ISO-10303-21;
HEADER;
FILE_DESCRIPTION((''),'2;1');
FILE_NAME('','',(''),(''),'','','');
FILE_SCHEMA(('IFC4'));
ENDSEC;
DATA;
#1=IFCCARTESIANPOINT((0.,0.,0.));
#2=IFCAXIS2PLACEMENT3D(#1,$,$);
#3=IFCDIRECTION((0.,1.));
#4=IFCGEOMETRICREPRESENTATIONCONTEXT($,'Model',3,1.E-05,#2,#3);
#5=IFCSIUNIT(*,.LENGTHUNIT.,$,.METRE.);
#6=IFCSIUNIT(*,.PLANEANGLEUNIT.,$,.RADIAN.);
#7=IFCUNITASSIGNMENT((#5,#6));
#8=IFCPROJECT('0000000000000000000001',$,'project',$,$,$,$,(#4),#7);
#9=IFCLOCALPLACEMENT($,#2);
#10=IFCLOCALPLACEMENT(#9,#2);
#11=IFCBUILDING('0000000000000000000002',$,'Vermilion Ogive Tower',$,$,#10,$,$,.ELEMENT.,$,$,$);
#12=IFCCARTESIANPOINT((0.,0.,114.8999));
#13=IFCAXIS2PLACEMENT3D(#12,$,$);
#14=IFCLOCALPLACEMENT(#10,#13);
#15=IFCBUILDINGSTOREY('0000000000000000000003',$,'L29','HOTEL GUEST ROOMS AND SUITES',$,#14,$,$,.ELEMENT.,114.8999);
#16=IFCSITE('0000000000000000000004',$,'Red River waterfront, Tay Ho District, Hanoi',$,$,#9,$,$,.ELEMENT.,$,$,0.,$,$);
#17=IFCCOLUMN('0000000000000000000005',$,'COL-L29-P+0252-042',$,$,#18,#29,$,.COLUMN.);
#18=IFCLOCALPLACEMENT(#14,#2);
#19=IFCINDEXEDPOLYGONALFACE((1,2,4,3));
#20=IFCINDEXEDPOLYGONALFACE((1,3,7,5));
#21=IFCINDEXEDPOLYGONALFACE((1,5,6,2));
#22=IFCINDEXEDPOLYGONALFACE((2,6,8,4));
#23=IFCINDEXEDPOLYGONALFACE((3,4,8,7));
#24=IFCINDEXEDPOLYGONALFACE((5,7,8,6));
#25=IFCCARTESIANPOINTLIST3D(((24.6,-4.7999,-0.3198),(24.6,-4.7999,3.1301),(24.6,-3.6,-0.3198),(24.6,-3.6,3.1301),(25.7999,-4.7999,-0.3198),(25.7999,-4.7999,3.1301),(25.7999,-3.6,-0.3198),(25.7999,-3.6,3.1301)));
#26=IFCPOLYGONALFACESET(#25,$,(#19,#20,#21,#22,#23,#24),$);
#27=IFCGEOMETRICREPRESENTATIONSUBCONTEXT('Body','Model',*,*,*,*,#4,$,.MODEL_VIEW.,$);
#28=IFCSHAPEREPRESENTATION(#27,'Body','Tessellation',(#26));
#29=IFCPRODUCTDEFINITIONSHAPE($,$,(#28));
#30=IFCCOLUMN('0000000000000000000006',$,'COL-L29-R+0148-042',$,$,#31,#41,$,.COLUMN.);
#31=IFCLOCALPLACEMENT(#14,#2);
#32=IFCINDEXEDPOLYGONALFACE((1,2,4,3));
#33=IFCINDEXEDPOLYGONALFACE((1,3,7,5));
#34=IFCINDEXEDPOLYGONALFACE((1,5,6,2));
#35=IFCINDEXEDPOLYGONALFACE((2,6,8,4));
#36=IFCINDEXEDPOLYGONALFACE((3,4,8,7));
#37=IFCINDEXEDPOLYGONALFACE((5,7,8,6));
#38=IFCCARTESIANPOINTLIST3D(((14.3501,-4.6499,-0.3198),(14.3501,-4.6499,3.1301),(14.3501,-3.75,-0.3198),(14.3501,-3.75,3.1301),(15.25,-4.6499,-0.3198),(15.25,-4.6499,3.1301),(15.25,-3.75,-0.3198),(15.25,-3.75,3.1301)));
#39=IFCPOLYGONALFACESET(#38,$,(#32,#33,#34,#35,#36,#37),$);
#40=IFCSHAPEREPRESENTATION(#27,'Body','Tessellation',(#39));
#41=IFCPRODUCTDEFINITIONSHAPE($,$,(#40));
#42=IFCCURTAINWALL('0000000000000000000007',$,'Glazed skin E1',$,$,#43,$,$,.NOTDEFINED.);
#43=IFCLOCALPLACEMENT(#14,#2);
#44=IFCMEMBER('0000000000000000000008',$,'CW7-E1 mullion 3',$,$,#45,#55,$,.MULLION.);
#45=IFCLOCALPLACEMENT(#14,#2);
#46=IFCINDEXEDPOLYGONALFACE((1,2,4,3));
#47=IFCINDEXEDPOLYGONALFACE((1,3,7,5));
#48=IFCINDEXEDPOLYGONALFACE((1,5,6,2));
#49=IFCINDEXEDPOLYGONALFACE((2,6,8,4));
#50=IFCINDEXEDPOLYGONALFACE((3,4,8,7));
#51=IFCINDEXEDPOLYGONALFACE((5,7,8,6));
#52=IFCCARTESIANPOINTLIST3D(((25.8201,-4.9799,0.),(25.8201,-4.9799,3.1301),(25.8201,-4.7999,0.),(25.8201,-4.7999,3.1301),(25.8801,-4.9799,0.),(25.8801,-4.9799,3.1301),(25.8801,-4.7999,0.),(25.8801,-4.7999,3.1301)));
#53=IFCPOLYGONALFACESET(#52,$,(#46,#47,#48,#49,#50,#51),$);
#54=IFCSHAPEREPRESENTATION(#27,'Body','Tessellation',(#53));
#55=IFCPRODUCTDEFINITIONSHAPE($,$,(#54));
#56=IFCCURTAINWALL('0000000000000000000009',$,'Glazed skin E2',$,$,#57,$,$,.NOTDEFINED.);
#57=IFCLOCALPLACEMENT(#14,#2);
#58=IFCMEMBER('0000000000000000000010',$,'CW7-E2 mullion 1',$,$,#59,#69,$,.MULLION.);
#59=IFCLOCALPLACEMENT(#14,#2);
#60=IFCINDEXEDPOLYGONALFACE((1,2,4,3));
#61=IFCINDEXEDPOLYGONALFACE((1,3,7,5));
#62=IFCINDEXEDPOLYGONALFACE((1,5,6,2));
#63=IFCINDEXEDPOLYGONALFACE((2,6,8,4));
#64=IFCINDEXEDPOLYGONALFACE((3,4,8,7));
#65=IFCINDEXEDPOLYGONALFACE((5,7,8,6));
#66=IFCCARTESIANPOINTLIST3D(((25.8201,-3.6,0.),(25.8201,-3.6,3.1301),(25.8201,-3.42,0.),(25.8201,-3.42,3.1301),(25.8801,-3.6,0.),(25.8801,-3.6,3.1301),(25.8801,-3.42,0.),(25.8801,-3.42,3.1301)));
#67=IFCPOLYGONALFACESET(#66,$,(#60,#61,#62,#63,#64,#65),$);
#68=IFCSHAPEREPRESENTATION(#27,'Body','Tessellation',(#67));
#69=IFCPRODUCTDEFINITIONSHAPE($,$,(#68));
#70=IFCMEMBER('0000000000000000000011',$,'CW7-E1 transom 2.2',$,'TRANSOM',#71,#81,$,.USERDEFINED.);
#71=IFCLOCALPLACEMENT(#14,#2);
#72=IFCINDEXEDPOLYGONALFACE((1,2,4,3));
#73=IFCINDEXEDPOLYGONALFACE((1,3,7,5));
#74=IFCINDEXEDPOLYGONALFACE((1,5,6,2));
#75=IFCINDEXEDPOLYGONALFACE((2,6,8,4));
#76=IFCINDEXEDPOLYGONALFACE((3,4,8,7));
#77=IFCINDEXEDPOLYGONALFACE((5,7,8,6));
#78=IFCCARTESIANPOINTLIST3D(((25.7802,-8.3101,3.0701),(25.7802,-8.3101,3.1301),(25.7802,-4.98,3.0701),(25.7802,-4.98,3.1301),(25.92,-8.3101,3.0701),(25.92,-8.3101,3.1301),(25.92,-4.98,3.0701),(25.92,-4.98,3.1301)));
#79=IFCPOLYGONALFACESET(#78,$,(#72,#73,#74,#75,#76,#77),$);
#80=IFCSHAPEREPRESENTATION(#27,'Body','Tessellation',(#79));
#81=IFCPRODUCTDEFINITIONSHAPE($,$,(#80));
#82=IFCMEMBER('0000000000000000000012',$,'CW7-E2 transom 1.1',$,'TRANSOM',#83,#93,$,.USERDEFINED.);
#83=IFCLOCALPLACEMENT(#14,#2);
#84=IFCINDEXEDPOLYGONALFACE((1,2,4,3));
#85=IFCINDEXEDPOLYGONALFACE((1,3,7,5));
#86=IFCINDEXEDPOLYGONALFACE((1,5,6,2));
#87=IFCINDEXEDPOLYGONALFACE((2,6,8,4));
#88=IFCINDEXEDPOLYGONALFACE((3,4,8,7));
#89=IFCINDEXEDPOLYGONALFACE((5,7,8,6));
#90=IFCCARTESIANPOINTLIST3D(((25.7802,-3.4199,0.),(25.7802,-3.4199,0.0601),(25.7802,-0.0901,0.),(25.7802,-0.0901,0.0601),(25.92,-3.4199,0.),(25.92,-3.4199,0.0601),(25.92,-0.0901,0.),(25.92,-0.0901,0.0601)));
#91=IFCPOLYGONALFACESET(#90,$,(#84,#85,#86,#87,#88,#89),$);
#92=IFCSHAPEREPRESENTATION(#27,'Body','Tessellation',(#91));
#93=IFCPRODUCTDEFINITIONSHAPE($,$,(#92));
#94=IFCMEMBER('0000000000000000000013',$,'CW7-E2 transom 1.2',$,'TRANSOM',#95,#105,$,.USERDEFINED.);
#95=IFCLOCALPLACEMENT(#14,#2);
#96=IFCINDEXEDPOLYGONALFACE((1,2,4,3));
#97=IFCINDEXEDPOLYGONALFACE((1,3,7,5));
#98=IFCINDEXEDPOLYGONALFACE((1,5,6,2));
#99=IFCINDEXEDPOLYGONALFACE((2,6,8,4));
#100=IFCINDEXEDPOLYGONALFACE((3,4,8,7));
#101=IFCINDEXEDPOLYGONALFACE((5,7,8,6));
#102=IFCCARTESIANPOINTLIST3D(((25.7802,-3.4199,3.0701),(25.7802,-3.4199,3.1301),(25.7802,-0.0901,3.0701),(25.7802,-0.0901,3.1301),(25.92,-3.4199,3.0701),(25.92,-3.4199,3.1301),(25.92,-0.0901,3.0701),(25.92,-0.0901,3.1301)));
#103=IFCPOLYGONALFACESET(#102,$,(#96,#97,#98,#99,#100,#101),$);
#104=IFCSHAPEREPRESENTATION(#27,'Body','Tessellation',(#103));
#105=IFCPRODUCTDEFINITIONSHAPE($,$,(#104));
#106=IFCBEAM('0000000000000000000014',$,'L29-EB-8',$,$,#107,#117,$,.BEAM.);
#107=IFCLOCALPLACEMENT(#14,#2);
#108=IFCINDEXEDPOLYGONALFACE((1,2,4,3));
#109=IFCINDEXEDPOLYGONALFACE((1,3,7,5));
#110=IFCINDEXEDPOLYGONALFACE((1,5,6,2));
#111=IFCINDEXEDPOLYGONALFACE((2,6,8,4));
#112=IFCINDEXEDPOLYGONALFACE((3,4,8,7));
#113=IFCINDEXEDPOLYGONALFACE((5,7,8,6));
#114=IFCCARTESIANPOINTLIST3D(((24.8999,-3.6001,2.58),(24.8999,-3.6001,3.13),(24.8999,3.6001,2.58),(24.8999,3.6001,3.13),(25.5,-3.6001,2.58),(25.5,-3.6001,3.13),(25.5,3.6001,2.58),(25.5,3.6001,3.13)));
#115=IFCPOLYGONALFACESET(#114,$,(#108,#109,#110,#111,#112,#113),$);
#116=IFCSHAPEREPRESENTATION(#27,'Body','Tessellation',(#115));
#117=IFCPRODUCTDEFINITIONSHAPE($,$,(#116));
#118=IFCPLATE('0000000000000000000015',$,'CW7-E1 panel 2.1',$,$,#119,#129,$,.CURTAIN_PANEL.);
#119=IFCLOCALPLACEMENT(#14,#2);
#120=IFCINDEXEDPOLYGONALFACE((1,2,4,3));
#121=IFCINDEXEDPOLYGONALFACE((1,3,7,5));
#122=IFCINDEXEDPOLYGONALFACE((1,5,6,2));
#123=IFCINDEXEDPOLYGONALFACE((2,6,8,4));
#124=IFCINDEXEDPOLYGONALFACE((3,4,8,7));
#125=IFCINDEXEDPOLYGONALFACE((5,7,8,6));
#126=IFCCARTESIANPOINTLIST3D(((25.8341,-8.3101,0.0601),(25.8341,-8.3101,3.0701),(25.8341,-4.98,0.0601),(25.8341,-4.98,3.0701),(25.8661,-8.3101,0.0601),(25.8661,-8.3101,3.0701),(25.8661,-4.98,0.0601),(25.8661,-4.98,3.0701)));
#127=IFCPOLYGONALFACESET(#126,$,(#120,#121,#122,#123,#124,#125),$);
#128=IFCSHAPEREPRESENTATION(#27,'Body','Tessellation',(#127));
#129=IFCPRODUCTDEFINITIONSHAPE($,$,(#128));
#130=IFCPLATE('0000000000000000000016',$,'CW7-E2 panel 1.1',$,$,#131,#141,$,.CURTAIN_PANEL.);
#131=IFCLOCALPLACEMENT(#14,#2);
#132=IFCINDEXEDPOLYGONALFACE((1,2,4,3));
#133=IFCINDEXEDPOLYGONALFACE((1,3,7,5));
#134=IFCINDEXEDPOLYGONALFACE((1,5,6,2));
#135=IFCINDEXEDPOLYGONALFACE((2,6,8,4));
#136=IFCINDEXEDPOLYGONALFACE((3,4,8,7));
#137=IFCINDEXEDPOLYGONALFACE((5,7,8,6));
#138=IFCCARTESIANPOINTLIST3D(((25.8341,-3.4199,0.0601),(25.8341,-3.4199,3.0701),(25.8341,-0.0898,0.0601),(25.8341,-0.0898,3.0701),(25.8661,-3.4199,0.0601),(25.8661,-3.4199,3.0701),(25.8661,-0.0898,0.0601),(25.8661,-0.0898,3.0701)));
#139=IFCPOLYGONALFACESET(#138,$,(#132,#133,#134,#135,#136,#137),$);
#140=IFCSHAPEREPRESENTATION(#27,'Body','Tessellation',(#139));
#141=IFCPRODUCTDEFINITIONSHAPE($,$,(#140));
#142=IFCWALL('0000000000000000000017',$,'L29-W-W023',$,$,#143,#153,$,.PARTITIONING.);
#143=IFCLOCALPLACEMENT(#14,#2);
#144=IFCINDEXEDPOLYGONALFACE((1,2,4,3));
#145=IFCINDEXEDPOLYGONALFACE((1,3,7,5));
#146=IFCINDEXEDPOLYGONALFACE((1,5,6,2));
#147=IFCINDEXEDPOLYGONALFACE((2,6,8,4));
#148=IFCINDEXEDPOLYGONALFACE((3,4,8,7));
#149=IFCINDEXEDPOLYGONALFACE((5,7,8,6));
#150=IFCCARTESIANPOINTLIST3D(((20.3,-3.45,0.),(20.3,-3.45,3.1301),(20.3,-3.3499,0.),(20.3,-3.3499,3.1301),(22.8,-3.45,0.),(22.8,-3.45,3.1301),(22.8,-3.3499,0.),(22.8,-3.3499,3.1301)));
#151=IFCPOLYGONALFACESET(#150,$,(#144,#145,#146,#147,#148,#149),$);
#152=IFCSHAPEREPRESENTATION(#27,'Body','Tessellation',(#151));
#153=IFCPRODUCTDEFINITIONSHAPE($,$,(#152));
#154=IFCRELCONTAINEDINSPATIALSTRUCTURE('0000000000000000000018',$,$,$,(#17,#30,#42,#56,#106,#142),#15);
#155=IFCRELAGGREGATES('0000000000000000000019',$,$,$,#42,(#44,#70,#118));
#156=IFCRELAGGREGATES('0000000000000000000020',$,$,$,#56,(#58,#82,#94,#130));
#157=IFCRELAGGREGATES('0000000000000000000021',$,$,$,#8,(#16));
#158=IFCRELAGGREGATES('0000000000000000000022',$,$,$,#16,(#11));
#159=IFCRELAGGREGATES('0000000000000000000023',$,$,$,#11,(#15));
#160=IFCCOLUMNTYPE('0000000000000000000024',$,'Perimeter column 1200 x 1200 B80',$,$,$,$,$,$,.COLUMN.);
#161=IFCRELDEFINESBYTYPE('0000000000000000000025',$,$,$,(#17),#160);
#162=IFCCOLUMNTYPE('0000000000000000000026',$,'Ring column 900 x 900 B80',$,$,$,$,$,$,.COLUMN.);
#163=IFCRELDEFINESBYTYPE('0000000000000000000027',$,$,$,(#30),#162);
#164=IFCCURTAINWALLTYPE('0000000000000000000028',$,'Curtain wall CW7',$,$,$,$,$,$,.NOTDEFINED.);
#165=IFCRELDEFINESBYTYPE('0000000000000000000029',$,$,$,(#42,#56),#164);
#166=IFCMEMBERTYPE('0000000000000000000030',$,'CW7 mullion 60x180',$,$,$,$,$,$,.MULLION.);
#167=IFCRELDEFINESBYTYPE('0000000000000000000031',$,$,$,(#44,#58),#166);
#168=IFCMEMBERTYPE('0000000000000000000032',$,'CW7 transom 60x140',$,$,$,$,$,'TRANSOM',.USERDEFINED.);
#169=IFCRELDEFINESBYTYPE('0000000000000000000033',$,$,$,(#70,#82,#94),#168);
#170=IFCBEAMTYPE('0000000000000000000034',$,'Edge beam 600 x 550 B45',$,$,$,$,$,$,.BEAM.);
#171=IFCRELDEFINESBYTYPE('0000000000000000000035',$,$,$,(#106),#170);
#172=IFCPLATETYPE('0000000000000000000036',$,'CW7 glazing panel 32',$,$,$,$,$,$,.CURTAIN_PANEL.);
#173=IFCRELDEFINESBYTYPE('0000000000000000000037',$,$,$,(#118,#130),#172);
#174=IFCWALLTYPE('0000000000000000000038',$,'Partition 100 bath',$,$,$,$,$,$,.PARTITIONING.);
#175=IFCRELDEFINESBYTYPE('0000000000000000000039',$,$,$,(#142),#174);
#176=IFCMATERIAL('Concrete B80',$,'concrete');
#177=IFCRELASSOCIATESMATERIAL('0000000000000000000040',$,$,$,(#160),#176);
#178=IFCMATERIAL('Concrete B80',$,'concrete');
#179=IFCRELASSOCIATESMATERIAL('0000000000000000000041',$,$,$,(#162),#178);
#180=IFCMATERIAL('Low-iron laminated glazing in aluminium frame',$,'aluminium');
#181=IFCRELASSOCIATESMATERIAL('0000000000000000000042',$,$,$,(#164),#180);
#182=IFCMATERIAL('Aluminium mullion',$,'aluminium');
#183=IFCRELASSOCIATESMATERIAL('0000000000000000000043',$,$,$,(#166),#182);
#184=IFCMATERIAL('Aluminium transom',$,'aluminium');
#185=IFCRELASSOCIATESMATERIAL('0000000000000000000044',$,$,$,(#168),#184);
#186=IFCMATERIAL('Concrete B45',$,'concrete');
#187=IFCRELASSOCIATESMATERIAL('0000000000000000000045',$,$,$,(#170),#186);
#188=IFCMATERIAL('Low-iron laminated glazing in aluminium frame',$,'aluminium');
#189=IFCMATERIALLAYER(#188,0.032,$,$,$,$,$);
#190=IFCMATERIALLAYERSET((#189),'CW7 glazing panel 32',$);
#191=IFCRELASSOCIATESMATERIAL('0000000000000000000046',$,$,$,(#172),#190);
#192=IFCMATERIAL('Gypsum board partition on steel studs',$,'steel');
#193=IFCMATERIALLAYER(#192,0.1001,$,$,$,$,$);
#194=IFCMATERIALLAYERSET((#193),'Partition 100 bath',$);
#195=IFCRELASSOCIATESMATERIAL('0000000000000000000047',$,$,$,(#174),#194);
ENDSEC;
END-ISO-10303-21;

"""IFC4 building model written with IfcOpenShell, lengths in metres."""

from ifc_helpers import new_model, si_unit, direction, frame, frame_2d, origin, origin_2d, place, context, subcontext, project, spatial, rectangle, extrude, material, layer, layer_set, material_profile, profile_set, type_object, element, aggregate, save


model = new_model("IFC4")

# Units and contexts
model_context = context("Model", 3, precision=1e-05, world=origin(), true_north=direction((0.0, 1.0)))
body_context = subcontext(model_context, "Body", "Model", "MODEL_VIEW")
ifc_project = project(units=[si_unit("LENGTHUNIT", "METRE"), si_unit("PLANEANGLEUNIT", "RADIAN")], contexts=[model_context])

# Site, building, storey
site_placement = place(None, origin())
site = spatial("IfcSite", under=ifc_project, at=site_placement, Name="Red River waterfront, Tay Ho District, Hanoi", CompositionType="ELEMENT", RefElevation=0.0)
building_placement = place(site_placement, origin())
building = spatial("IfcBuilding", under=site, at=building_placement, Name="Vermilion Ogive Tower", CompositionType="ELEMENT")
storey_placement = place(building_placement, frame((0.0, 0.0, 114.8999)))
storey = spatial("IfcBuildingStorey", under=building, at=storey_placement, Name="L29", Description="HOTEL GUEST ROOMS AND SUITES", CompositionType="ELEMENT", Elevation=114.8999)

# Columns
ifc_material_1 = material(Name="Concrete B80", Category="concrete")
ifc_material_profile_1 = material_profile(ifc_material_1, rectangle(XDim=1.2, YDim=1.2, at=origin_2d()), Name="1200 x 1200")
ifc_profile_set_1 = profile_set([ifc_material_profile_1], Name="Concrete B80")
column_type_1 = type_object("IfcColumnType", Name="Perimeter column 1200 x 1200 B80", PredefinedType="COLUMN", material=ifc_profile_set_1)
column_1_placement = place(storey_placement, frame((25.2, -4.2, -0.3198), z_axis=(0.0, 0.0, 1.0), x_axis=(1.0, 0.0, 0.0)))
element("IfcColumn", 1, at=column_1_placement, inside=storey, type_object=column_type_1, Name="COL-L29-P+0252-042", PredefinedType="COLUMN", context=body_context, shape_type="SweptSolid", body=[
    extrude(rectangle(XDim=1.2, YDim=1.2, at=origin_2d()), origin(), (0.0, 0.0, 1.0), 3.45),
])
ifc_material_2 = material(Name="Concrete B80", Category="concrete")
ifc_material_profile_2 = material_profile(ifc_material_2, rectangle(XDim=0.8999, YDim=0.8999, at=origin_2d()), Name="900 x 900")
ifc_profile_set_2 = profile_set([ifc_material_profile_2], Name="Concrete B80")
column_type_2 = type_object("IfcColumnType", Name="Ring column 900 x 900 B80", PredefinedType="COLUMN", material=ifc_profile_set_2)
column_2_placement = place(storey_placement, frame((14.8, -4.2, -0.3198), z_axis=(0.0, 0.0, 1.0), x_axis=(1.0, 0.0, 0.0)))
element("IfcColumn", 2, at=column_2_placement, inside=storey, type_object=column_type_2, Name="COL-L29-R+0148-042", PredefinedType="COLUMN", context=body_context, shape_type="SweptSolid", body=[
    extrude(rectangle(XDim=0.8999, YDim=0.8999, at=origin_2d()), origin(), (0.0, 0.0, 1.0), 3.45),
])

# Curtain walls, members
ifc_material_3 = material(Name="Low-iron laminated glazing in aluminium frame", Category="aluminium")
curtain_wall_type = type_object("IfcCurtainWallType", Name="Curtain wall CW7", PredefinedType="NOTDEFINED", material=ifc_material_3)
curtain_wall_1_placement = place(storey_placement, origin())
curtain_wall_1 = element("IfcCurtainWall", 3, at=curtain_wall_1_placement, inside=storey, type_object=curtain_wall_type, Name="Glazed skin E1", PredefinedType="NOTDEFINED")
ifc_material_4 = material(Name="Aluminium mullion", Category="aluminium")
ifc_material_profile_3 = material_profile(ifc_material_4, rectangle(XDim=0.0601, YDim=0.1799, at=origin_2d()), Name="AL 60x180")
ifc_profile_set_3 = profile_set([ifc_material_profile_3], Name="Aluminium mullion")
member_type_1 = type_object("IfcMemberType", Name="CW7 mullion 60x180", PredefinedType="MULLION", material=ifc_profile_set_3)
member_1_placement = place(storey_placement, frame((25.8501, -4.8899, 0.0), z_axis=(0.0, 0.0, 1.0), x_axis=(-1.0, 0.0, 0.0)))
member_1 = element("IfcMember", 4, at=member_1_placement, type_object=member_type_1, Name="CW7-E1 mullion 3", PredefinedType="MULLION", context=body_context, shape_type="SweptSolid", body=[
    extrude(rectangle(XDim=0.0601, YDim=0.1799, at=origin_2d()), origin(), (0.0, 0.0, 1.0), 3.1301),
])
curtain_wall_2_placement = place(storey_placement, origin())
curtain_wall_2 = element("IfcCurtainWall", 5, at=curtain_wall_2_placement, inside=storey, type_object=curtain_wall_type, Name="Glazed skin E2", PredefinedType="NOTDEFINED")
member_2_placement = place(storey_placement, frame((25.8501, -3.51, 0.0), z_axis=(0.0, 0.0, 1.0), x_axis=(-1.0, 0.0, 0.0)))
member_2 = element("IfcMember", 6, at=member_2_placement, type_object=member_type_1, Name="CW7-E2 mullion 1", PredefinedType="MULLION", context=body_context, shape_type="SweptSolid", body=[
    extrude(rectangle(XDim=0.0601, YDim=0.1799, at=origin_2d()), origin(), (0.0, 0.0, 1.0), 3.1301),
])

# Members
ifc_material_5 = material(Name="Aluminium transom", Category="aluminium")
ifc_material_profile_4 = material_profile(ifc_material_5, rectangle(XDim=0.1399, YDim=0.0601, at=origin_2d()), Name="AL 60x140")
ifc_profile_set_4 = profile_set([ifc_material_profile_4], Name="Aluminium transom")
member_type_2 = type_object("IfcMemberType", Name="CW7 transom 60x140", ElementType="TRANSOM", PredefinedType="USERDEFINED", material=ifc_profile_set_4)
member_3_placement = place(storey_placement, frame((25.8501, -8.3101, 3.1001), z_axis=(0.0, 1.0, 0.0), x_axis=(-1.0, 0.0, 0.0)))
member_3 = element("IfcMember", 7, at=member_3_placement, type_object=member_type_2, Name="CW7-E1 transom 2.2", ObjectType="TRANSOM", PredefinedType="USERDEFINED", context=body_context, shape_type="SweptSolid", body=[
    extrude(rectangle(XDim=0.1399, YDim=0.0601, at=origin_2d()), origin(), (0.0, 0.0, 1.0), 3.3301),
])
member_4_placement = place(storey_placement, frame((25.8501, -3.4199, 0.03), z_axis=(0.0, 1.0, 0.0), x_axis=(-1.0, 0.0, 0.0)))
member_4 = element("IfcMember", 8, at=member_4_placement, type_object=member_type_2, Name="CW7-E2 transom 1.1", ObjectType="TRANSOM", PredefinedType="USERDEFINED", context=body_context, shape_type="SweptSolid", body=[
    extrude(rectangle(XDim=0.1399, YDim=0.0601, at=origin_2d()), origin(), (0.0, 0.0, 1.0), 3.3298),
])
member_5_placement = place(storey_placement, frame((25.8501, -3.4199, 3.1001), z_axis=(0.0, 1.0, 0.0), x_axis=(-1.0, 0.0, 0.0)))
member_5 = element("IfcMember", 9, at=member_5_placement, type_object=member_type_2, Name="CW7-E2 transom 1.2", ObjectType="TRANSOM", PredefinedType="USERDEFINED", context=body_context, shape_type="SweptSolid", body=[
    extrude(rectangle(XDim=0.1399, YDim=0.0601, at=origin_2d()), origin(), (0.0, 0.0, 1.0), 3.3298),
])

# Beam
ifc_material_6 = material(Name="Concrete B45", Category="concrete")
ifc_material_profile_5 = material_profile(ifc_material_6, rectangle(XDim=0.6001, YDim=0.55, at=origin_2d()), Name="600 x 550")
ifc_profile_set_5 = profile_set([ifc_material_profile_5], Name="Concrete B45")
beam_type = type_object("IfcBeamType", Name="Edge beam 600 x 550 B45", PredefinedType="BEAM", material=ifc_profile_set_5)
beam_placement = place(storey_placement, frame((25.2, -3.6001, 2.855), z_axis=(0.0, 1.0, 0.0), x_axis=(-1.0, 0.0, 0.0)))
element("IfcBeam", 10, at=beam_placement, inside=storey, type_object=beam_type, Name="L29-EB-8", PredefinedType="BEAM", context=body_context, shape_type="SweptSolid", body=[
    extrude(rectangle(XDim=0.6001, YDim=0.55, at=origin_2d()), origin(), (0.0, 0.0, 1.0), 7.2002),
])

# Plates
ifc_material_7 = material(Name="Low-iron laminated glazing in aluminium frame", Category="aluminium")
ifc_layer_1 = layer(ifc_material_7, 0.032)
ifc_layer_set_1 = layer_set([ifc_layer_1], Name="CW7 glazing panel 32")
plate_type = type_object("IfcPlateType", Name="CW7 glazing panel 32", PredefinedType="CURTAIN_PANEL", material=ifc_layer_set_1)
plate_1_placement = place(storey_placement, frame((25.8501, -6.645, 0.0601), z_axis=(0.0, 0.0, 1.0), x_axis=(0.0, 1.0, 0.0)))
plate_1 = element("IfcPlate", 11, at=plate_1_placement, type_object=plate_type, Name="CW7-E1 panel 2.1", PredefinedType="CURTAIN_PANEL", context=body_context, shape_type="SweptSolid", body=[
    extrude(rectangle(XDim=3.3301, YDim=0.032, at=origin_2d()), origin(), (0.0, 0.0, 1.0), 3.01),
])
aggregate(curtain_wall_1, [member_1, member_3, plate_1])
plate_2_placement = place(storey_placement, frame((25.8501, -1.7549, 0.0601), z_axis=(0.0, 0.0, 1.0), x_axis=(0.0, 1.0, 0.0)))
plate_2 = element("IfcPlate", 12, at=plate_2_placement, type_object=plate_type, Name="CW7-E2 panel 1.1", PredefinedType="CURTAIN_PANEL", context=body_context, shape_type="SweptSolid", body=[
    extrude(rectangle(XDim=3.3301, YDim=0.032, at=origin_2d()), origin(), (0.0, 0.0, 1.0), 3.01),
])
aggregate(curtain_wall_2, [member_2, member_4, member_5, plate_2])

# Wall
ifc_material_8 = material(Name="Gypsum board partition on steel studs", Category="steel")
ifc_layer_2 = layer(ifc_material_8, 0.1001)
ifc_layer_set_2 = layer_set([ifc_layer_2], Name="Partition 100 bath")
wall_type_1 = type_object("IfcWallType", Name="Partition 100 bath", PredefinedType="PARTITIONING", material=ifc_layer_set_2)
wall_1_placement = place(storey_placement, frame((20.3, -3.3999, 0.0), z_axis=(0.0, 0.0, 1.0), x_axis=(1.0, 0.0, 0.0)))
element("IfcWall", 13, at=wall_1_placement, inside=storey, type_object=wall_type_1, Name="L29-W-W023", PredefinedType="PARTITIONING", context=body_context, shape_type="SweptSolid", body=[
    extrude(rectangle(XDim=2.5, YDim=0.1001, at=frame_2d((1.25, 0.0))), origin(), (0.0, 0.0, 1.0), 3.1301),
])

save(model, "model.ifc")
